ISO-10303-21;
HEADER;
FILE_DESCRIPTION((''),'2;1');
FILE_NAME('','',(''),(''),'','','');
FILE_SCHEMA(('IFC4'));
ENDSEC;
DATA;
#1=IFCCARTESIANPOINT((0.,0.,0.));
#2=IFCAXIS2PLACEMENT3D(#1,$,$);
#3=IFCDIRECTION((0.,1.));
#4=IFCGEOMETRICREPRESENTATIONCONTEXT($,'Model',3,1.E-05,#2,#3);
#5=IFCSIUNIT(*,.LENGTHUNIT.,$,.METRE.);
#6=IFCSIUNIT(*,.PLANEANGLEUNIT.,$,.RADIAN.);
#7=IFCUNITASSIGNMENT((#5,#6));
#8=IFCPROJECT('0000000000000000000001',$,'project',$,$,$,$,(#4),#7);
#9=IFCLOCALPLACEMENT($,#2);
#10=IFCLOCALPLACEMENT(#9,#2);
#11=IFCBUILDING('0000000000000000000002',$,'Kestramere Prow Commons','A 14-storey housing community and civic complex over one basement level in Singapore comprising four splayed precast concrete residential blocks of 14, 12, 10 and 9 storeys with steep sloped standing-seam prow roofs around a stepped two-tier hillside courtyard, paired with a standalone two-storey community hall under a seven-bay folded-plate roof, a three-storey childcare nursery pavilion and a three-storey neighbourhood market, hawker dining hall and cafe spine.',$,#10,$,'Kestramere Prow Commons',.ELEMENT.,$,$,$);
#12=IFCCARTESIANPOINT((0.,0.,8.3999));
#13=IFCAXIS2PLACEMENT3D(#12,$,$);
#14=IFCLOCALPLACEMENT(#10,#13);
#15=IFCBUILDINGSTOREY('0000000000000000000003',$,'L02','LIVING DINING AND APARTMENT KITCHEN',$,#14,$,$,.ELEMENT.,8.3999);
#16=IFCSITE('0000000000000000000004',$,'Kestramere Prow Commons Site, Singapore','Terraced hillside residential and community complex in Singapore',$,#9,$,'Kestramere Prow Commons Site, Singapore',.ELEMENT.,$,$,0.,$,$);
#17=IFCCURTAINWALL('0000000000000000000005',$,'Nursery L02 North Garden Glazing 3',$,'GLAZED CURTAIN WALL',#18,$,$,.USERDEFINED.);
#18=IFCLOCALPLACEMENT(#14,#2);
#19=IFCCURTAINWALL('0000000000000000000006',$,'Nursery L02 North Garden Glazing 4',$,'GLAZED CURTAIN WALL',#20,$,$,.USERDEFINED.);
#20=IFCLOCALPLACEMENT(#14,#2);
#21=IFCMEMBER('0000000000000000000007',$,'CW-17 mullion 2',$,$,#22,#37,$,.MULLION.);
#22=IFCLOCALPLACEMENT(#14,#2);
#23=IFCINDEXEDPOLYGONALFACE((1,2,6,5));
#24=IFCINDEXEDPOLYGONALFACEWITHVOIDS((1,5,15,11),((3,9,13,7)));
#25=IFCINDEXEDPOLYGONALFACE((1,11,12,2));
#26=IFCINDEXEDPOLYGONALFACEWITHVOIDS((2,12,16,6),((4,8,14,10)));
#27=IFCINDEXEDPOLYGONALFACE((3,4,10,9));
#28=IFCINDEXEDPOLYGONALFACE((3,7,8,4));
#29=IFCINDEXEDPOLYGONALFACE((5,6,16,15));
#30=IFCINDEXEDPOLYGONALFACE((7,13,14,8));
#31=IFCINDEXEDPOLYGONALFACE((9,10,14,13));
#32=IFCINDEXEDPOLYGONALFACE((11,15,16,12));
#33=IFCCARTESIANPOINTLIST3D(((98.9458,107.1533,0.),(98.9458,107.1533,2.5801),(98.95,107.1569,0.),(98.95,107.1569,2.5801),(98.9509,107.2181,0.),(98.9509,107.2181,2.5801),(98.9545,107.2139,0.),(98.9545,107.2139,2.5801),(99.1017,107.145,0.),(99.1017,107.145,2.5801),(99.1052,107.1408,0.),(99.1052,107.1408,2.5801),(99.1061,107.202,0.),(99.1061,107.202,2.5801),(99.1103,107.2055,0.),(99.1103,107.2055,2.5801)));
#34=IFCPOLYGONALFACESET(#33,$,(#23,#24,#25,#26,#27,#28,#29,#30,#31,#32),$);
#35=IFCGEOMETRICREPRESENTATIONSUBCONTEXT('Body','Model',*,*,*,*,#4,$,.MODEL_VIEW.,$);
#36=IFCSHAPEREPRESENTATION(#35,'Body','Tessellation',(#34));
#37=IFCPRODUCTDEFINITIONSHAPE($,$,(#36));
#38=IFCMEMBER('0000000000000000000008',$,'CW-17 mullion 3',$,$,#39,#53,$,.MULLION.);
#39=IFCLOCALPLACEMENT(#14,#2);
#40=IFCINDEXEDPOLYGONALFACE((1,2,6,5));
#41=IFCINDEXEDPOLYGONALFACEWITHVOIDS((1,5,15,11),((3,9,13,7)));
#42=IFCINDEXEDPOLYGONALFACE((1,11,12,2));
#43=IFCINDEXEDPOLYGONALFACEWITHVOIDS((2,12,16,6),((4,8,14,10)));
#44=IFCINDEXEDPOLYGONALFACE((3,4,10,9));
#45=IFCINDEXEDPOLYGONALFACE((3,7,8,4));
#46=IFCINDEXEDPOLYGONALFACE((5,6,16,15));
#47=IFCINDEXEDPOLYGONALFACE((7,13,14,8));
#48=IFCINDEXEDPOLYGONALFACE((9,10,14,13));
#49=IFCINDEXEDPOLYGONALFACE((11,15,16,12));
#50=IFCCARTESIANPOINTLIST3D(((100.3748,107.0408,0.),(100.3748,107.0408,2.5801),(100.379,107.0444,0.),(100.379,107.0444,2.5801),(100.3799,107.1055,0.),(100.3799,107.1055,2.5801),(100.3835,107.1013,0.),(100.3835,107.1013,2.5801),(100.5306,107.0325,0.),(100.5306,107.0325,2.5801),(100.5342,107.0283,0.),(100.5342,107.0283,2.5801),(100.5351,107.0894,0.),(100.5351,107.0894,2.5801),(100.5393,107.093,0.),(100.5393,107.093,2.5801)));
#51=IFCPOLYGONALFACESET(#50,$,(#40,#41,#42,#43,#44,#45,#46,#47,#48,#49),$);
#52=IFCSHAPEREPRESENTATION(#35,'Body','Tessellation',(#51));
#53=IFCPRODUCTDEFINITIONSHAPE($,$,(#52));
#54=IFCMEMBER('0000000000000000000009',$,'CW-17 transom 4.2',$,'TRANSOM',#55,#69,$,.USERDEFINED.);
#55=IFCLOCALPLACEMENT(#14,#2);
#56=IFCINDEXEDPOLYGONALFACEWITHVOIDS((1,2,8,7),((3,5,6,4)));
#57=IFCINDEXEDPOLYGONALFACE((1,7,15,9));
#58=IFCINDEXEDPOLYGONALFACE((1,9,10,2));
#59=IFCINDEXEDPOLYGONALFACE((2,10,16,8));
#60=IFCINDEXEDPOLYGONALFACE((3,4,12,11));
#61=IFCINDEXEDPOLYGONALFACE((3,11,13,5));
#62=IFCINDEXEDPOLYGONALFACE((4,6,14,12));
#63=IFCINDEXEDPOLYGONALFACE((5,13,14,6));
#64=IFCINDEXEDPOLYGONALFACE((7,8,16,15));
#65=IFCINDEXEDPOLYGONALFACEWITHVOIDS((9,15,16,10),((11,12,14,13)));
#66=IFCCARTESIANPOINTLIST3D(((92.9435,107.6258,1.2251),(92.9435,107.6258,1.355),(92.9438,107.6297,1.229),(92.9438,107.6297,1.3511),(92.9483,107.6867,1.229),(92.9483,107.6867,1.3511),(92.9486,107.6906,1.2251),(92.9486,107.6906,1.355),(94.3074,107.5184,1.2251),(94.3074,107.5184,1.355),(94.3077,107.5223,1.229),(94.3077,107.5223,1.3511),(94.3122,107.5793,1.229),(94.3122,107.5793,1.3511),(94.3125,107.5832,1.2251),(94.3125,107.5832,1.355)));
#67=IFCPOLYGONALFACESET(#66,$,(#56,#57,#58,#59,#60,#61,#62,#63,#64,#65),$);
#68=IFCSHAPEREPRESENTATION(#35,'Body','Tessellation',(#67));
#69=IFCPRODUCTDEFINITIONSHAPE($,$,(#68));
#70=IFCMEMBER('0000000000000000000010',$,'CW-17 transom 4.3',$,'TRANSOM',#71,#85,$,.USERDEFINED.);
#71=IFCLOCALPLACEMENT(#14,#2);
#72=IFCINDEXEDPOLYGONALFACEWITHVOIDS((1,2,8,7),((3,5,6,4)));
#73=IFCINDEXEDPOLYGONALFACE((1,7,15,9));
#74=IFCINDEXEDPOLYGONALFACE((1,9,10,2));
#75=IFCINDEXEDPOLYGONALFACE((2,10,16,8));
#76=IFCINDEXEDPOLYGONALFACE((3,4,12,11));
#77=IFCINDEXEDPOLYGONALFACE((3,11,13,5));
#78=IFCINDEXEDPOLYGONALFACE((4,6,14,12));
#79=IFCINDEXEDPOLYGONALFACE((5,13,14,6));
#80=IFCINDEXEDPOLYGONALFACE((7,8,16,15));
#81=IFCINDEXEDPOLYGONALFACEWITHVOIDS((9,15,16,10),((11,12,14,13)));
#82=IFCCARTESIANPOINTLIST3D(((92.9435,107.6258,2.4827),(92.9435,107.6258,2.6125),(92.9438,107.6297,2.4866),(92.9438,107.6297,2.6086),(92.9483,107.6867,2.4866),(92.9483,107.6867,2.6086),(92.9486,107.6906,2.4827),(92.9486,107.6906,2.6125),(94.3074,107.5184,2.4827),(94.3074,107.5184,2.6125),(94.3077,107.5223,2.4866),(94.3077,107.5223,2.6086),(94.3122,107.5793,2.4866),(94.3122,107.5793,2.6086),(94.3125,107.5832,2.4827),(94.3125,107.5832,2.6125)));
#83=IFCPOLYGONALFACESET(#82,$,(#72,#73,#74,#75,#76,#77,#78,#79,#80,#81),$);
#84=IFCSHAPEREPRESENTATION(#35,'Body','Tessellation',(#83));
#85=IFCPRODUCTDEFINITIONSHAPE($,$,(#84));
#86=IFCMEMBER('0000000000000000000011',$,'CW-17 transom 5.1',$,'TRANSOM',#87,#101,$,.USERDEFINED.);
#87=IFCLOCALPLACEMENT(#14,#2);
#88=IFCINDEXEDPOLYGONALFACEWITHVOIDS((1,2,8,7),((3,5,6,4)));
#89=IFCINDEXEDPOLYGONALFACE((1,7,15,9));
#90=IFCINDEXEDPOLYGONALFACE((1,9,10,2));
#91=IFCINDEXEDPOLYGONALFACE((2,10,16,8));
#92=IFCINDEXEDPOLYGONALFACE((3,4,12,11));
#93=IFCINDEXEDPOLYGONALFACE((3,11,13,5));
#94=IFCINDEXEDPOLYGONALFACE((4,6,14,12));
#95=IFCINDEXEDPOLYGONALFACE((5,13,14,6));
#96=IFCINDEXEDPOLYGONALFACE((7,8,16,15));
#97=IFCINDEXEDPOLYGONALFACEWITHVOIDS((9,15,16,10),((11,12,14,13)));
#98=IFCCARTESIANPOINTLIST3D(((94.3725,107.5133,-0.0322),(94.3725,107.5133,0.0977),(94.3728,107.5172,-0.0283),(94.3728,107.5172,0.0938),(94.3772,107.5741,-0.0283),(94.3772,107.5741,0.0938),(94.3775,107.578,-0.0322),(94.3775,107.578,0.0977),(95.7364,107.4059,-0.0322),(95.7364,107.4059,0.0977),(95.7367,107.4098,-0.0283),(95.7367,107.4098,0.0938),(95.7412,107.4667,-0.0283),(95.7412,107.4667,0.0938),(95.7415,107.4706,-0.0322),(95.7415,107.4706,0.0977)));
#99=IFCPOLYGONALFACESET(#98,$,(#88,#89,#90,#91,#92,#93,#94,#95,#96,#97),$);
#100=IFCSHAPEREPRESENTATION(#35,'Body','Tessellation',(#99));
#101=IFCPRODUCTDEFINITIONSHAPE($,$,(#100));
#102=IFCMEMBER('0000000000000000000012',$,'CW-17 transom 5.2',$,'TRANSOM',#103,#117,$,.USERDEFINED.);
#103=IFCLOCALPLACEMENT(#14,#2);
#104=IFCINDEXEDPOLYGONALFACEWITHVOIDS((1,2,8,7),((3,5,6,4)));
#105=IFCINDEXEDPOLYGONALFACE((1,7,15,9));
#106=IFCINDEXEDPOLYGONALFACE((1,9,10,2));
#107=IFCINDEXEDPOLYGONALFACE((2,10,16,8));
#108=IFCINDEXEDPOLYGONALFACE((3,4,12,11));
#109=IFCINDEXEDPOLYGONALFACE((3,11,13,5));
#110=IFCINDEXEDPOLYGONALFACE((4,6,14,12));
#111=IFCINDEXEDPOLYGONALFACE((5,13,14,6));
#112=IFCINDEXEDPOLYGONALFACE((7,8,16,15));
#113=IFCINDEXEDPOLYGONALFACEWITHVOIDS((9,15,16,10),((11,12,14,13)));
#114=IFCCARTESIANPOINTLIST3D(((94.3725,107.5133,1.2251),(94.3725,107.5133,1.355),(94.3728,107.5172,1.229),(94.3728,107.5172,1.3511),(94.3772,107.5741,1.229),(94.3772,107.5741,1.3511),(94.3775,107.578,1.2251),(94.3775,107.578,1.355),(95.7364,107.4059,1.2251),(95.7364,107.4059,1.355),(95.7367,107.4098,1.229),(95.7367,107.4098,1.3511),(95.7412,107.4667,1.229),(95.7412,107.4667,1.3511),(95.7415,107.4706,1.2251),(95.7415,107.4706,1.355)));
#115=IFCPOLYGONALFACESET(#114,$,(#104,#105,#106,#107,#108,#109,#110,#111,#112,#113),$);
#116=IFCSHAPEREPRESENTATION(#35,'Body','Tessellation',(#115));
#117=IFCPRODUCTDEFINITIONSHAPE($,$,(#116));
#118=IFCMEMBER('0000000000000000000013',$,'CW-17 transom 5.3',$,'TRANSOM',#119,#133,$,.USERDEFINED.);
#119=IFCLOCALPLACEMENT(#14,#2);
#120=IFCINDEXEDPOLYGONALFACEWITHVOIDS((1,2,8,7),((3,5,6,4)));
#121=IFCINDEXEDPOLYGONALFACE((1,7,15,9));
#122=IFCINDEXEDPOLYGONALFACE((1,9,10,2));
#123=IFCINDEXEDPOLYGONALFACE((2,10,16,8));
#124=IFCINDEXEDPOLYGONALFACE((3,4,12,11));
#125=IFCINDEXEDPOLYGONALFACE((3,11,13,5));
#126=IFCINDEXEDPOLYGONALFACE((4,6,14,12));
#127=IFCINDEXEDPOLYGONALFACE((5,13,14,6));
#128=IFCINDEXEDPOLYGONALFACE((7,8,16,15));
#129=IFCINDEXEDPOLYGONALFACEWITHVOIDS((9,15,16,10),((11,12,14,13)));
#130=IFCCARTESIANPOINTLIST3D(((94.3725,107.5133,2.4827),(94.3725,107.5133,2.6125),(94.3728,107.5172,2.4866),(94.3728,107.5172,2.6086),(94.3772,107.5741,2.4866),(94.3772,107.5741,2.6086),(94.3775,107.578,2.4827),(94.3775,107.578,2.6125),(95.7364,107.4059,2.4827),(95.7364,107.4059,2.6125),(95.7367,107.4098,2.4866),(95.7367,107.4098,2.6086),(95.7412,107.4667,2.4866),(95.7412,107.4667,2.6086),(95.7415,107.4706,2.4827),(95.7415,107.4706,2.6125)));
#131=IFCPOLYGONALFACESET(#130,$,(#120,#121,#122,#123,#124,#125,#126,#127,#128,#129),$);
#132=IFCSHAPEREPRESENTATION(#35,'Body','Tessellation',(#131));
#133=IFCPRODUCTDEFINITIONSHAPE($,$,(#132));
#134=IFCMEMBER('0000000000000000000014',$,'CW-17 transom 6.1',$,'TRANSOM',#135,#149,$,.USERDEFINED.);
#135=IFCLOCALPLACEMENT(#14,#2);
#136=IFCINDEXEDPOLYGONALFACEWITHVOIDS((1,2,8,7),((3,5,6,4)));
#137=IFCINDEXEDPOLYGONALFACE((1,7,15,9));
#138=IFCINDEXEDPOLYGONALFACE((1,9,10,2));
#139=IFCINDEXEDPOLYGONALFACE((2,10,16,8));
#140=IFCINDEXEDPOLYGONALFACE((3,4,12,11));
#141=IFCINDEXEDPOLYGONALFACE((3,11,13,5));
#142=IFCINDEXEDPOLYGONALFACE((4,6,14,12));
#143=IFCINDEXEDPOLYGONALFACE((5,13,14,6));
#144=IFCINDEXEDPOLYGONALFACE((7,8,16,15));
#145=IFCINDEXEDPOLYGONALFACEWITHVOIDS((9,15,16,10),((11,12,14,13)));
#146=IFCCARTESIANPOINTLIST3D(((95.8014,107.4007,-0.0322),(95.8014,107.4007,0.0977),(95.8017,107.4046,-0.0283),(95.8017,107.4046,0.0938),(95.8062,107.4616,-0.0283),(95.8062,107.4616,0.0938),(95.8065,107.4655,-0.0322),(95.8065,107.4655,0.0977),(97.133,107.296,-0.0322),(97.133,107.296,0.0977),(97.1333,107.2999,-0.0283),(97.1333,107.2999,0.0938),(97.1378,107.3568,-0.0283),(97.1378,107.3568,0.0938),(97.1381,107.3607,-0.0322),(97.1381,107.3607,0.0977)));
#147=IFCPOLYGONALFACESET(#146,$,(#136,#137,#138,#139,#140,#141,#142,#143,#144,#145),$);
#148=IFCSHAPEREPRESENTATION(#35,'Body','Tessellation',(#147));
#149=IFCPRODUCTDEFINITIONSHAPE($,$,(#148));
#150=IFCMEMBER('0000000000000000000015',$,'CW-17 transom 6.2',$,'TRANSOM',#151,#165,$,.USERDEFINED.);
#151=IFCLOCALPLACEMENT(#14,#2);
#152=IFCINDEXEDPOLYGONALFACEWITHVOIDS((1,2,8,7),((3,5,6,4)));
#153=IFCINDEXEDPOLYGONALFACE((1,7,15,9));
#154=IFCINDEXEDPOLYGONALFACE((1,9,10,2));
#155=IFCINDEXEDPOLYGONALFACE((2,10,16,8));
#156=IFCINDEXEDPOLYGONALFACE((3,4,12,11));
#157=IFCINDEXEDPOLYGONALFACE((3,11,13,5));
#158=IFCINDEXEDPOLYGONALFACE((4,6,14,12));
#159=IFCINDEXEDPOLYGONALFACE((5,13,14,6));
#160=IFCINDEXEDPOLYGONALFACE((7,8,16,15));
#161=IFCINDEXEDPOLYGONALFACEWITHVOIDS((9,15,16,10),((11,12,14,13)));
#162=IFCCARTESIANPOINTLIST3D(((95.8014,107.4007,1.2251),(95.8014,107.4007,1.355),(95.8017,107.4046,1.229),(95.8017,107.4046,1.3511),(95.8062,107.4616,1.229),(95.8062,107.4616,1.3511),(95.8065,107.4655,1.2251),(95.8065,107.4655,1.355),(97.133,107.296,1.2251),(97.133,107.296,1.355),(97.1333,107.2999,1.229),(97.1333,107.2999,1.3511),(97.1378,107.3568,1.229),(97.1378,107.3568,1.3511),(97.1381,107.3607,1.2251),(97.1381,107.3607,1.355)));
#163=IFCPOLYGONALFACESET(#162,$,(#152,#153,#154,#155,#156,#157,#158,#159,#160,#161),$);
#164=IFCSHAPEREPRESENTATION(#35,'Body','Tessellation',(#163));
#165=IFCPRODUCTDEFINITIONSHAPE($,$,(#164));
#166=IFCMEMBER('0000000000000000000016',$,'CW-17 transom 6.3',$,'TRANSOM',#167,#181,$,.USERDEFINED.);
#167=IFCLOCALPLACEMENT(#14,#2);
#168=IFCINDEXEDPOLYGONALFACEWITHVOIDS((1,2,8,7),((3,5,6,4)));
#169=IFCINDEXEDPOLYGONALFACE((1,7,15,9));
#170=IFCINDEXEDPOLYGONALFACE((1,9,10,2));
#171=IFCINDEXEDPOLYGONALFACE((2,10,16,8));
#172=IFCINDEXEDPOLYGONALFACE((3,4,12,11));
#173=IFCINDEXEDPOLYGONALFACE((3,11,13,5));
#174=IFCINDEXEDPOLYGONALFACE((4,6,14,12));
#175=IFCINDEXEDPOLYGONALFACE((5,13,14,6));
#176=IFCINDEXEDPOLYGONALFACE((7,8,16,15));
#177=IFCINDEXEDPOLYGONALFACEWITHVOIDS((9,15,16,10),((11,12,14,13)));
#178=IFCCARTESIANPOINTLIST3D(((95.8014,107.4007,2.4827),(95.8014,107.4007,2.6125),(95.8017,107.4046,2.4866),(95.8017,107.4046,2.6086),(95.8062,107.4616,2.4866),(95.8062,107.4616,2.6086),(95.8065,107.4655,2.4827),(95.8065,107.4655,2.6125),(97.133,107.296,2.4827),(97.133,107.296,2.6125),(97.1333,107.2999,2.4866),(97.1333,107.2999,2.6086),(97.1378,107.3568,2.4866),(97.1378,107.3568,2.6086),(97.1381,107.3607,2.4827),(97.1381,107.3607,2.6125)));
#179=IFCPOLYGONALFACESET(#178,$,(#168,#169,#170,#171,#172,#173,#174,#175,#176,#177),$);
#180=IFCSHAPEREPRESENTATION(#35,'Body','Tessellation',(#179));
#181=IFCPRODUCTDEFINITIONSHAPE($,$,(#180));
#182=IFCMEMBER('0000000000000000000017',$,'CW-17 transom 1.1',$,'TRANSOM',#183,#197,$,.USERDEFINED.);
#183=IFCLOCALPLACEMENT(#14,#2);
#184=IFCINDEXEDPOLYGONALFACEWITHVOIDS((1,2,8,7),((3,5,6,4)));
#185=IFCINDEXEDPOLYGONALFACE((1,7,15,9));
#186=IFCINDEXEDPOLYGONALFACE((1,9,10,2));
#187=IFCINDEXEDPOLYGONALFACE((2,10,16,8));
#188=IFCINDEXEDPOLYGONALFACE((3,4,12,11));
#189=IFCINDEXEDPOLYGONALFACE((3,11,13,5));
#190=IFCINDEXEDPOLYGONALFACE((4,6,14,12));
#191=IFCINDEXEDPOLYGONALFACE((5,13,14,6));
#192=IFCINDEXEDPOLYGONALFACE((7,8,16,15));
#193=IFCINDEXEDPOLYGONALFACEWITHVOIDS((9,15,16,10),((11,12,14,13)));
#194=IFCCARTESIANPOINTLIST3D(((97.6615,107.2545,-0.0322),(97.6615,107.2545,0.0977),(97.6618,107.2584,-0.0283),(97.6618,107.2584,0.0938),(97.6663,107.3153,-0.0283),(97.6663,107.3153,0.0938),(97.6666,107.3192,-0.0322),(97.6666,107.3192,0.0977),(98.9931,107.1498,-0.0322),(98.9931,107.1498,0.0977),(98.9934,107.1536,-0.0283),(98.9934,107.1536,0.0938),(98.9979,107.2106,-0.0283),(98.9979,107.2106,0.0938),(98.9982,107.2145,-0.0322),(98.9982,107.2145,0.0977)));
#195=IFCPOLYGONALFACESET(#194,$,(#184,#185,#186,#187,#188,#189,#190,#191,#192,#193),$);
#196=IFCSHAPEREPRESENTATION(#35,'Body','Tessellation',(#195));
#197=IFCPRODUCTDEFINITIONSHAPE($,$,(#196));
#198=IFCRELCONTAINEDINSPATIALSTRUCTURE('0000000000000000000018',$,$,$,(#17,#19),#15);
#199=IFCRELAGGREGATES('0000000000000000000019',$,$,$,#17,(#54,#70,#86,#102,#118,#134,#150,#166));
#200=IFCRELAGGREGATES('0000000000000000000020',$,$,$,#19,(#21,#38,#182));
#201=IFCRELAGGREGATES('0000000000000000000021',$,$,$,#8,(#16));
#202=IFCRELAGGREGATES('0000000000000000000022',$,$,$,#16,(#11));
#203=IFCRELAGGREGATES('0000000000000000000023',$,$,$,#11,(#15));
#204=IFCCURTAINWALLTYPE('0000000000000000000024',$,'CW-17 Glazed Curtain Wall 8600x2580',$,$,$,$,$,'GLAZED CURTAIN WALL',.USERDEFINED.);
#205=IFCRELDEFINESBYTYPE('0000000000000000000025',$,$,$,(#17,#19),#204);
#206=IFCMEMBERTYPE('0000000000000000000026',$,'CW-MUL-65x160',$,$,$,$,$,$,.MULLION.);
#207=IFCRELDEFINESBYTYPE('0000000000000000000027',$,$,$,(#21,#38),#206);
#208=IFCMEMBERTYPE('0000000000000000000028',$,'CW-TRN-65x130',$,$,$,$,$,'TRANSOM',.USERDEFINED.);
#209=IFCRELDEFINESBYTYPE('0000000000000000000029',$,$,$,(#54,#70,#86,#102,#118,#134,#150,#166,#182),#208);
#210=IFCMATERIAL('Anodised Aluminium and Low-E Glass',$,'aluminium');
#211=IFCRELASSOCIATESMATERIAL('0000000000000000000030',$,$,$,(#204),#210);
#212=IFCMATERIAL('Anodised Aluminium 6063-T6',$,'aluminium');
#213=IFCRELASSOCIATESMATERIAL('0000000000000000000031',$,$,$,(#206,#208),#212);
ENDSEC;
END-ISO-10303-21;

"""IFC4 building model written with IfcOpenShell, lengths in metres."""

from ifc_helpers import new_model, si_unit, direction, frame, origin, origin_2d, place, context, subcontext, project, spatial, hollow_rectangle, extrude, material, material_profile, profile_set, type_object, element, aggregate, save


model = new_model("IFC4")

# Units and contexts
model_context = context("Model", 3, precision=1e-05, world=origin(), true_north=direction((0.0, 1.0)))
body_context = subcontext(model_context, "Body", "Model", "MODEL_VIEW")
ifc_project = project(units=[si_unit("LENGTHUNIT", "METRE"), si_unit("PLANEANGLEUNIT", "RADIAN")], contexts=[model_context])

# Site, building, storey
site_placement = place(None, origin())
site = spatial("IfcSite", under=ifc_project, at=site_placement, Name="Kestramere Prow Commons Site, Singapore", Description="Terraced hillside residential and community complex in Singapore", LongName="Kestramere Prow Commons Site, Singapore", CompositionType="ELEMENT", RefElevation=0.0)
building_placement = place(site_placement, origin())
building = spatial("IfcBuilding", under=site, at=building_placement, Name="Kestramere Prow Commons", Description="A 14-storey housing community and civic complex over one basement level in Singapore comprising four splayed precast concrete residential blocks of 14, 12, 10 and 9 storeys with steep sloped standing-seam prow roofs around a stepped two-tier hillside courtyard, paired with a standalone two-storey community hall under a seven-bay folded-plate roof, a three-storey childcare nursery pavilion and a three-storey neighbourhood market, hawker dining hall and cafe spine.", LongName="Kestramere Prow Commons", CompositionType="ELEMENT")
storey_placement = place(building_placement, frame((0.0, 0.0, 8.3999)))
storey = spatial("IfcBuildingStorey", under=building, at=storey_placement, Name="L02", Description="LIVING DINING AND APARTMENT KITCHEN", CompositionType="ELEMENT", Elevation=8.3999)

# Curtain walls, members
ifc_material_1 = material(Name="Anodised Aluminium and Low-E Glass", Category="aluminium")
curtain_wall_type = type_object("IfcCurtainWallType", Name="CW-17 Glazed Curtain Wall 8600x2580", ElementType="GLAZED CURTAIN WALL", PredefinedType="USERDEFINED", material=ifc_material_1)
curtain_wall_1_placement = place(storey_placement, origin())
curtain_wall_1 = element("IfcCurtainWall", 1, at=curtain_wall_1_placement, inside=storey, type_object=curtain_wall_type, Name="Nursery L02 North Garden Glazing 3", ObjectType="GLAZED CURTAIN WALL", PredefinedType="USERDEFINED")
ifc_material_2 = material(Name="Anodised Aluminium 6063-T6", Category="aluminium")
ifc_material_profile_1 = material_profile(ifc_material_2, hollow_rectangle(XDim=0.0649, YDim=0.1599, WallThickness=0.0039, at=origin_2d()), Name="ALU-MUL 65x160")
ifc_profile_set_1 = profile_set([ifc_material_profile_1], Name="Anodised Aluminium 6063-T6")
member_type_1 = type_object("IfcMemberType", Name="CW-MUL-65x160", PredefinedType="MULLION", material=ifc_profile_set_1)
curtain_wall_2_placement = place(storey_placement, origin())
curtain_wall_2 = element("IfcCurtainWall", 2, at=curtain_wall_2_placement, inside=storey, type_object=curtain_wall_type, Name="Nursery L02 North Garden Glazing 4", ObjectType="GLAZED CURTAIN WALL", PredefinedType="USERDEFINED")
member_1_placement = place(storey_placement, frame((99.0281, 107.1794, 0.0), z_axis=(0.0, 0.0, 1.0), x_axis=(0.078459, 0.996917, 0.0)))
member_1 = element("IfcMember", 3, at=member_1_placement, type_object=member_type_1, Name="CW-17 mullion 2", PredefinedType="MULLION", context=body_context, shape_type="SweptSolid", body=[
    extrude(hollow_rectangle(XDim=0.0649, YDim=0.1599, WallThickness=0.0039, at=origin_2d()), origin(), (0.0, 0.0, 1.0), 2.5801),
])
member_2_placement = place(storey_placement, frame((100.457, 107.0669, 0.0), z_axis=(0.0, 0.0, 1.0), x_axis=(0.078459, 0.996917, 0.0)))
member_2 = element("IfcMember", 4, at=member_2_placement, type_object=member_type_1, Name="CW-17 mullion 3", PredefinedType="MULLION", context=body_context, shape_type="SweptSolid", body=[
    extrude(hollow_rectangle(XDim=0.0649, YDim=0.1599, WallThickness=0.0039, at=origin_2d()), origin(), (0.0, 0.0, 1.0), 2.5801),
])

# Members
ifc_material_profile_2 = material_profile(ifc_material_2, hollow_rectangle(XDim=0.0649, YDim=0.1299, WallThickness=0.0039, at=origin_2d()), Name="ALU-TRN 65x130")
ifc_profile_set_2 = profile_set([ifc_material_profile_2], Name="Anodised Aluminium 6063-T6")
member_type_2 = type_object("IfcMemberType", Name="CW-TRN-65x130", ElementType="TRANSOM", PredefinedType="USERDEFINED", material=ifc_profile_set_2)
member_3_placement = place(storey_placement, frame((92.946, 107.6582, 1.29), z_axis=(0.996913, -0.078511, 0.0), x_axis=(0.078511, 0.996913, 0.0)))
member_3 = element("IfcMember", 5, at=member_3_placement, type_object=member_type_2, Name="CW-17 transom 4.2", ObjectType="TRANSOM", PredefinedType="USERDEFINED", context=body_context, shape_type="SweptSolid", body=[
    extrude(hollow_rectangle(XDim=0.0649, YDim=0.1299, WallThickness=0.0039, at=origin_2d()), origin(), (0.0, 0.0, 1.0), 1.3682),
])
member_4_placement = place(storey_placement, frame((92.946, 107.6582, 2.5476), z_axis=(0.996913, -0.078511, 0.0), x_axis=(0.078511, 0.996913, 0.0)))
member_4 = element("IfcMember", 6, at=member_4_placement, type_object=member_type_2, Name="CW-17 transom 4.3", ObjectType="TRANSOM", PredefinedType="USERDEFINED", context=body_context, shape_type="SweptSolid", body=[
    extrude(hollow_rectangle(XDim=0.0649, YDim=0.1299, WallThickness=0.0039, at=origin_2d()), origin(), (0.0, 0.0, 1.0), 1.3682),
])
member_5_placement = place(storey_placement, frame((94.375, 107.5457, 0.0327), z_axis=(0.996913, -0.078511, 0.0), x_axis=(0.078511, 0.996913, 0.0)))
member_5 = element("IfcMember", 7, at=member_5_placement, type_object=member_type_2, Name="CW-17 transom 5.1", ObjectType="TRANSOM", PredefinedType="USERDEFINED", context=body_context, shape_type="SweptSolid", body=[
    extrude(hollow_rectangle(XDim=0.0649, YDim=0.1299, WallThickness=0.0039, at=origin_2d()), origin(), (0.0, 0.0, 1.0), 1.3682),
])
member_6_placement = place(storey_placement, frame((94.375, 107.5457, 1.29), z_axis=(0.996913, -0.078511, 0.0), x_axis=(0.078511, 0.996913, 0.0)))
member_6 = element("IfcMember", 8, at=member_6_placement, type_object=member_type_2, Name="CW-17 transom 5.2", ObjectType="TRANSOM", PredefinedType="USERDEFINED", context=body_context, shape_type="SweptSolid", body=[
    extrude(hollow_rectangle(XDim=0.0649, YDim=0.1299, WallThickness=0.0039, at=origin_2d()), origin(), (0.0, 0.0, 1.0), 1.3682),
])
member_7_placement = place(storey_placement, frame((94.375, 107.5457, 2.5476), z_axis=(0.996913, -0.078511, 0.0), x_axis=(0.078511, 0.996913, 0.0)))
member_7 = element("IfcMember", 9, at=member_7_placement, type_object=member_type_2, Name="CW-17 transom 5.3", ObjectType="TRANSOM", PredefinedType="USERDEFINED", context=body_context, shape_type="SweptSolid", body=[
    extrude(hollow_rectangle(XDim=0.0649, YDim=0.1299, WallThickness=0.0039, at=origin_2d()), origin(), (0.0, 0.0, 1.0), 1.3682),
])
member_8_placement = place(storey_placement, frame((95.804, 107.4331, 0.0327), z_axis=(0.996921, -0.078416, 0.0), x_axis=(0.078416, 0.996921, 0.0)))
member_8 = element("IfcMember", 10, at=member_8_placement, type_object=member_type_2, Name="CW-17 transom 6.1", ObjectType="TRANSOM", PredefinedType="USERDEFINED", context=body_context, shape_type="SweptSolid", body=[
    extrude(hollow_rectangle(XDim=0.0649, YDim=0.1299, WallThickness=0.0039, at=origin_2d()), origin(), (0.0, 0.0, 1.0), 1.3357),
])
member_9_placement = place(storey_placement, frame((95.804, 107.4331, 1.29), z_axis=(0.996921, -0.078416, 0.0), x_axis=(0.078416, 0.996921, 0.0)))
member_9 = element("IfcMember", 11, at=member_9_placement, type_object=member_type_2, Name="CW-17 transom 6.2", ObjectType="TRANSOM", PredefinedType="USERDEFINED", context=body_context, shape_type="SweptSolid", body=[
    extrude(hollow_rectangle(XDim=0.0649, YDim=0.1299, WallThickness=0.0039, at=origin_2d()), origin(), (0.0, 0.0, 1.0), 1.3357),
])
member_10_placement = place(storey_placement, frame((95.804, 107.4331, 2.5476), z_axis=(0.996921, -0.078416, 0.0), x_axis=(0.078416, 0.996921, 0.0)))
member_10 = element("IfcMember", 12, at=member_10_placement, type_object=member_type_2, Name="CW-17 transom 6.3", ObjectType="TRANSOM", PredefinedType="USERDEFINED", context=body_context, shape_type="SweptSolid", body=[
    extrude(hollow_rectangle(XDim=0.0649, YDim=0.1299, WallThickness=0.0039, at=origin_2d()), origin(), (0.0, 0.0, 1.0), 1.3357),
])
member_11_placement = place(storey_placement, frame((97.6641, 107.2869, 0.0327), z_axis=(0.996921, -0.078416, 0.0), x_axis=(0.078416, 0.996921, 0.0)))
member_11 = element("IfcMember", 13, at=member_11_placement, type_object=member_type_2, Name="CW-17 transom 1.1", ObjectType="TRANSOM", PredefinedType="USERDEFINED", context=body_context, shape_type="SweptSolid", body=[
    extrude(hollow_rectangle(XDim=0.0649, YDim=0.1299, WallThickness=0.0039, at=origin_2d()), origin(), (0.0, 0.0, 1.0), 1.3357),
])

aggregate(curtain_wall_1, [member_3, member_4, member_5, member_6, member_7, member_8, member_9, member_10])
aggregate(curtain_wall_2, [member_1, member_2, member_11])

save(model, "model.ifc")
